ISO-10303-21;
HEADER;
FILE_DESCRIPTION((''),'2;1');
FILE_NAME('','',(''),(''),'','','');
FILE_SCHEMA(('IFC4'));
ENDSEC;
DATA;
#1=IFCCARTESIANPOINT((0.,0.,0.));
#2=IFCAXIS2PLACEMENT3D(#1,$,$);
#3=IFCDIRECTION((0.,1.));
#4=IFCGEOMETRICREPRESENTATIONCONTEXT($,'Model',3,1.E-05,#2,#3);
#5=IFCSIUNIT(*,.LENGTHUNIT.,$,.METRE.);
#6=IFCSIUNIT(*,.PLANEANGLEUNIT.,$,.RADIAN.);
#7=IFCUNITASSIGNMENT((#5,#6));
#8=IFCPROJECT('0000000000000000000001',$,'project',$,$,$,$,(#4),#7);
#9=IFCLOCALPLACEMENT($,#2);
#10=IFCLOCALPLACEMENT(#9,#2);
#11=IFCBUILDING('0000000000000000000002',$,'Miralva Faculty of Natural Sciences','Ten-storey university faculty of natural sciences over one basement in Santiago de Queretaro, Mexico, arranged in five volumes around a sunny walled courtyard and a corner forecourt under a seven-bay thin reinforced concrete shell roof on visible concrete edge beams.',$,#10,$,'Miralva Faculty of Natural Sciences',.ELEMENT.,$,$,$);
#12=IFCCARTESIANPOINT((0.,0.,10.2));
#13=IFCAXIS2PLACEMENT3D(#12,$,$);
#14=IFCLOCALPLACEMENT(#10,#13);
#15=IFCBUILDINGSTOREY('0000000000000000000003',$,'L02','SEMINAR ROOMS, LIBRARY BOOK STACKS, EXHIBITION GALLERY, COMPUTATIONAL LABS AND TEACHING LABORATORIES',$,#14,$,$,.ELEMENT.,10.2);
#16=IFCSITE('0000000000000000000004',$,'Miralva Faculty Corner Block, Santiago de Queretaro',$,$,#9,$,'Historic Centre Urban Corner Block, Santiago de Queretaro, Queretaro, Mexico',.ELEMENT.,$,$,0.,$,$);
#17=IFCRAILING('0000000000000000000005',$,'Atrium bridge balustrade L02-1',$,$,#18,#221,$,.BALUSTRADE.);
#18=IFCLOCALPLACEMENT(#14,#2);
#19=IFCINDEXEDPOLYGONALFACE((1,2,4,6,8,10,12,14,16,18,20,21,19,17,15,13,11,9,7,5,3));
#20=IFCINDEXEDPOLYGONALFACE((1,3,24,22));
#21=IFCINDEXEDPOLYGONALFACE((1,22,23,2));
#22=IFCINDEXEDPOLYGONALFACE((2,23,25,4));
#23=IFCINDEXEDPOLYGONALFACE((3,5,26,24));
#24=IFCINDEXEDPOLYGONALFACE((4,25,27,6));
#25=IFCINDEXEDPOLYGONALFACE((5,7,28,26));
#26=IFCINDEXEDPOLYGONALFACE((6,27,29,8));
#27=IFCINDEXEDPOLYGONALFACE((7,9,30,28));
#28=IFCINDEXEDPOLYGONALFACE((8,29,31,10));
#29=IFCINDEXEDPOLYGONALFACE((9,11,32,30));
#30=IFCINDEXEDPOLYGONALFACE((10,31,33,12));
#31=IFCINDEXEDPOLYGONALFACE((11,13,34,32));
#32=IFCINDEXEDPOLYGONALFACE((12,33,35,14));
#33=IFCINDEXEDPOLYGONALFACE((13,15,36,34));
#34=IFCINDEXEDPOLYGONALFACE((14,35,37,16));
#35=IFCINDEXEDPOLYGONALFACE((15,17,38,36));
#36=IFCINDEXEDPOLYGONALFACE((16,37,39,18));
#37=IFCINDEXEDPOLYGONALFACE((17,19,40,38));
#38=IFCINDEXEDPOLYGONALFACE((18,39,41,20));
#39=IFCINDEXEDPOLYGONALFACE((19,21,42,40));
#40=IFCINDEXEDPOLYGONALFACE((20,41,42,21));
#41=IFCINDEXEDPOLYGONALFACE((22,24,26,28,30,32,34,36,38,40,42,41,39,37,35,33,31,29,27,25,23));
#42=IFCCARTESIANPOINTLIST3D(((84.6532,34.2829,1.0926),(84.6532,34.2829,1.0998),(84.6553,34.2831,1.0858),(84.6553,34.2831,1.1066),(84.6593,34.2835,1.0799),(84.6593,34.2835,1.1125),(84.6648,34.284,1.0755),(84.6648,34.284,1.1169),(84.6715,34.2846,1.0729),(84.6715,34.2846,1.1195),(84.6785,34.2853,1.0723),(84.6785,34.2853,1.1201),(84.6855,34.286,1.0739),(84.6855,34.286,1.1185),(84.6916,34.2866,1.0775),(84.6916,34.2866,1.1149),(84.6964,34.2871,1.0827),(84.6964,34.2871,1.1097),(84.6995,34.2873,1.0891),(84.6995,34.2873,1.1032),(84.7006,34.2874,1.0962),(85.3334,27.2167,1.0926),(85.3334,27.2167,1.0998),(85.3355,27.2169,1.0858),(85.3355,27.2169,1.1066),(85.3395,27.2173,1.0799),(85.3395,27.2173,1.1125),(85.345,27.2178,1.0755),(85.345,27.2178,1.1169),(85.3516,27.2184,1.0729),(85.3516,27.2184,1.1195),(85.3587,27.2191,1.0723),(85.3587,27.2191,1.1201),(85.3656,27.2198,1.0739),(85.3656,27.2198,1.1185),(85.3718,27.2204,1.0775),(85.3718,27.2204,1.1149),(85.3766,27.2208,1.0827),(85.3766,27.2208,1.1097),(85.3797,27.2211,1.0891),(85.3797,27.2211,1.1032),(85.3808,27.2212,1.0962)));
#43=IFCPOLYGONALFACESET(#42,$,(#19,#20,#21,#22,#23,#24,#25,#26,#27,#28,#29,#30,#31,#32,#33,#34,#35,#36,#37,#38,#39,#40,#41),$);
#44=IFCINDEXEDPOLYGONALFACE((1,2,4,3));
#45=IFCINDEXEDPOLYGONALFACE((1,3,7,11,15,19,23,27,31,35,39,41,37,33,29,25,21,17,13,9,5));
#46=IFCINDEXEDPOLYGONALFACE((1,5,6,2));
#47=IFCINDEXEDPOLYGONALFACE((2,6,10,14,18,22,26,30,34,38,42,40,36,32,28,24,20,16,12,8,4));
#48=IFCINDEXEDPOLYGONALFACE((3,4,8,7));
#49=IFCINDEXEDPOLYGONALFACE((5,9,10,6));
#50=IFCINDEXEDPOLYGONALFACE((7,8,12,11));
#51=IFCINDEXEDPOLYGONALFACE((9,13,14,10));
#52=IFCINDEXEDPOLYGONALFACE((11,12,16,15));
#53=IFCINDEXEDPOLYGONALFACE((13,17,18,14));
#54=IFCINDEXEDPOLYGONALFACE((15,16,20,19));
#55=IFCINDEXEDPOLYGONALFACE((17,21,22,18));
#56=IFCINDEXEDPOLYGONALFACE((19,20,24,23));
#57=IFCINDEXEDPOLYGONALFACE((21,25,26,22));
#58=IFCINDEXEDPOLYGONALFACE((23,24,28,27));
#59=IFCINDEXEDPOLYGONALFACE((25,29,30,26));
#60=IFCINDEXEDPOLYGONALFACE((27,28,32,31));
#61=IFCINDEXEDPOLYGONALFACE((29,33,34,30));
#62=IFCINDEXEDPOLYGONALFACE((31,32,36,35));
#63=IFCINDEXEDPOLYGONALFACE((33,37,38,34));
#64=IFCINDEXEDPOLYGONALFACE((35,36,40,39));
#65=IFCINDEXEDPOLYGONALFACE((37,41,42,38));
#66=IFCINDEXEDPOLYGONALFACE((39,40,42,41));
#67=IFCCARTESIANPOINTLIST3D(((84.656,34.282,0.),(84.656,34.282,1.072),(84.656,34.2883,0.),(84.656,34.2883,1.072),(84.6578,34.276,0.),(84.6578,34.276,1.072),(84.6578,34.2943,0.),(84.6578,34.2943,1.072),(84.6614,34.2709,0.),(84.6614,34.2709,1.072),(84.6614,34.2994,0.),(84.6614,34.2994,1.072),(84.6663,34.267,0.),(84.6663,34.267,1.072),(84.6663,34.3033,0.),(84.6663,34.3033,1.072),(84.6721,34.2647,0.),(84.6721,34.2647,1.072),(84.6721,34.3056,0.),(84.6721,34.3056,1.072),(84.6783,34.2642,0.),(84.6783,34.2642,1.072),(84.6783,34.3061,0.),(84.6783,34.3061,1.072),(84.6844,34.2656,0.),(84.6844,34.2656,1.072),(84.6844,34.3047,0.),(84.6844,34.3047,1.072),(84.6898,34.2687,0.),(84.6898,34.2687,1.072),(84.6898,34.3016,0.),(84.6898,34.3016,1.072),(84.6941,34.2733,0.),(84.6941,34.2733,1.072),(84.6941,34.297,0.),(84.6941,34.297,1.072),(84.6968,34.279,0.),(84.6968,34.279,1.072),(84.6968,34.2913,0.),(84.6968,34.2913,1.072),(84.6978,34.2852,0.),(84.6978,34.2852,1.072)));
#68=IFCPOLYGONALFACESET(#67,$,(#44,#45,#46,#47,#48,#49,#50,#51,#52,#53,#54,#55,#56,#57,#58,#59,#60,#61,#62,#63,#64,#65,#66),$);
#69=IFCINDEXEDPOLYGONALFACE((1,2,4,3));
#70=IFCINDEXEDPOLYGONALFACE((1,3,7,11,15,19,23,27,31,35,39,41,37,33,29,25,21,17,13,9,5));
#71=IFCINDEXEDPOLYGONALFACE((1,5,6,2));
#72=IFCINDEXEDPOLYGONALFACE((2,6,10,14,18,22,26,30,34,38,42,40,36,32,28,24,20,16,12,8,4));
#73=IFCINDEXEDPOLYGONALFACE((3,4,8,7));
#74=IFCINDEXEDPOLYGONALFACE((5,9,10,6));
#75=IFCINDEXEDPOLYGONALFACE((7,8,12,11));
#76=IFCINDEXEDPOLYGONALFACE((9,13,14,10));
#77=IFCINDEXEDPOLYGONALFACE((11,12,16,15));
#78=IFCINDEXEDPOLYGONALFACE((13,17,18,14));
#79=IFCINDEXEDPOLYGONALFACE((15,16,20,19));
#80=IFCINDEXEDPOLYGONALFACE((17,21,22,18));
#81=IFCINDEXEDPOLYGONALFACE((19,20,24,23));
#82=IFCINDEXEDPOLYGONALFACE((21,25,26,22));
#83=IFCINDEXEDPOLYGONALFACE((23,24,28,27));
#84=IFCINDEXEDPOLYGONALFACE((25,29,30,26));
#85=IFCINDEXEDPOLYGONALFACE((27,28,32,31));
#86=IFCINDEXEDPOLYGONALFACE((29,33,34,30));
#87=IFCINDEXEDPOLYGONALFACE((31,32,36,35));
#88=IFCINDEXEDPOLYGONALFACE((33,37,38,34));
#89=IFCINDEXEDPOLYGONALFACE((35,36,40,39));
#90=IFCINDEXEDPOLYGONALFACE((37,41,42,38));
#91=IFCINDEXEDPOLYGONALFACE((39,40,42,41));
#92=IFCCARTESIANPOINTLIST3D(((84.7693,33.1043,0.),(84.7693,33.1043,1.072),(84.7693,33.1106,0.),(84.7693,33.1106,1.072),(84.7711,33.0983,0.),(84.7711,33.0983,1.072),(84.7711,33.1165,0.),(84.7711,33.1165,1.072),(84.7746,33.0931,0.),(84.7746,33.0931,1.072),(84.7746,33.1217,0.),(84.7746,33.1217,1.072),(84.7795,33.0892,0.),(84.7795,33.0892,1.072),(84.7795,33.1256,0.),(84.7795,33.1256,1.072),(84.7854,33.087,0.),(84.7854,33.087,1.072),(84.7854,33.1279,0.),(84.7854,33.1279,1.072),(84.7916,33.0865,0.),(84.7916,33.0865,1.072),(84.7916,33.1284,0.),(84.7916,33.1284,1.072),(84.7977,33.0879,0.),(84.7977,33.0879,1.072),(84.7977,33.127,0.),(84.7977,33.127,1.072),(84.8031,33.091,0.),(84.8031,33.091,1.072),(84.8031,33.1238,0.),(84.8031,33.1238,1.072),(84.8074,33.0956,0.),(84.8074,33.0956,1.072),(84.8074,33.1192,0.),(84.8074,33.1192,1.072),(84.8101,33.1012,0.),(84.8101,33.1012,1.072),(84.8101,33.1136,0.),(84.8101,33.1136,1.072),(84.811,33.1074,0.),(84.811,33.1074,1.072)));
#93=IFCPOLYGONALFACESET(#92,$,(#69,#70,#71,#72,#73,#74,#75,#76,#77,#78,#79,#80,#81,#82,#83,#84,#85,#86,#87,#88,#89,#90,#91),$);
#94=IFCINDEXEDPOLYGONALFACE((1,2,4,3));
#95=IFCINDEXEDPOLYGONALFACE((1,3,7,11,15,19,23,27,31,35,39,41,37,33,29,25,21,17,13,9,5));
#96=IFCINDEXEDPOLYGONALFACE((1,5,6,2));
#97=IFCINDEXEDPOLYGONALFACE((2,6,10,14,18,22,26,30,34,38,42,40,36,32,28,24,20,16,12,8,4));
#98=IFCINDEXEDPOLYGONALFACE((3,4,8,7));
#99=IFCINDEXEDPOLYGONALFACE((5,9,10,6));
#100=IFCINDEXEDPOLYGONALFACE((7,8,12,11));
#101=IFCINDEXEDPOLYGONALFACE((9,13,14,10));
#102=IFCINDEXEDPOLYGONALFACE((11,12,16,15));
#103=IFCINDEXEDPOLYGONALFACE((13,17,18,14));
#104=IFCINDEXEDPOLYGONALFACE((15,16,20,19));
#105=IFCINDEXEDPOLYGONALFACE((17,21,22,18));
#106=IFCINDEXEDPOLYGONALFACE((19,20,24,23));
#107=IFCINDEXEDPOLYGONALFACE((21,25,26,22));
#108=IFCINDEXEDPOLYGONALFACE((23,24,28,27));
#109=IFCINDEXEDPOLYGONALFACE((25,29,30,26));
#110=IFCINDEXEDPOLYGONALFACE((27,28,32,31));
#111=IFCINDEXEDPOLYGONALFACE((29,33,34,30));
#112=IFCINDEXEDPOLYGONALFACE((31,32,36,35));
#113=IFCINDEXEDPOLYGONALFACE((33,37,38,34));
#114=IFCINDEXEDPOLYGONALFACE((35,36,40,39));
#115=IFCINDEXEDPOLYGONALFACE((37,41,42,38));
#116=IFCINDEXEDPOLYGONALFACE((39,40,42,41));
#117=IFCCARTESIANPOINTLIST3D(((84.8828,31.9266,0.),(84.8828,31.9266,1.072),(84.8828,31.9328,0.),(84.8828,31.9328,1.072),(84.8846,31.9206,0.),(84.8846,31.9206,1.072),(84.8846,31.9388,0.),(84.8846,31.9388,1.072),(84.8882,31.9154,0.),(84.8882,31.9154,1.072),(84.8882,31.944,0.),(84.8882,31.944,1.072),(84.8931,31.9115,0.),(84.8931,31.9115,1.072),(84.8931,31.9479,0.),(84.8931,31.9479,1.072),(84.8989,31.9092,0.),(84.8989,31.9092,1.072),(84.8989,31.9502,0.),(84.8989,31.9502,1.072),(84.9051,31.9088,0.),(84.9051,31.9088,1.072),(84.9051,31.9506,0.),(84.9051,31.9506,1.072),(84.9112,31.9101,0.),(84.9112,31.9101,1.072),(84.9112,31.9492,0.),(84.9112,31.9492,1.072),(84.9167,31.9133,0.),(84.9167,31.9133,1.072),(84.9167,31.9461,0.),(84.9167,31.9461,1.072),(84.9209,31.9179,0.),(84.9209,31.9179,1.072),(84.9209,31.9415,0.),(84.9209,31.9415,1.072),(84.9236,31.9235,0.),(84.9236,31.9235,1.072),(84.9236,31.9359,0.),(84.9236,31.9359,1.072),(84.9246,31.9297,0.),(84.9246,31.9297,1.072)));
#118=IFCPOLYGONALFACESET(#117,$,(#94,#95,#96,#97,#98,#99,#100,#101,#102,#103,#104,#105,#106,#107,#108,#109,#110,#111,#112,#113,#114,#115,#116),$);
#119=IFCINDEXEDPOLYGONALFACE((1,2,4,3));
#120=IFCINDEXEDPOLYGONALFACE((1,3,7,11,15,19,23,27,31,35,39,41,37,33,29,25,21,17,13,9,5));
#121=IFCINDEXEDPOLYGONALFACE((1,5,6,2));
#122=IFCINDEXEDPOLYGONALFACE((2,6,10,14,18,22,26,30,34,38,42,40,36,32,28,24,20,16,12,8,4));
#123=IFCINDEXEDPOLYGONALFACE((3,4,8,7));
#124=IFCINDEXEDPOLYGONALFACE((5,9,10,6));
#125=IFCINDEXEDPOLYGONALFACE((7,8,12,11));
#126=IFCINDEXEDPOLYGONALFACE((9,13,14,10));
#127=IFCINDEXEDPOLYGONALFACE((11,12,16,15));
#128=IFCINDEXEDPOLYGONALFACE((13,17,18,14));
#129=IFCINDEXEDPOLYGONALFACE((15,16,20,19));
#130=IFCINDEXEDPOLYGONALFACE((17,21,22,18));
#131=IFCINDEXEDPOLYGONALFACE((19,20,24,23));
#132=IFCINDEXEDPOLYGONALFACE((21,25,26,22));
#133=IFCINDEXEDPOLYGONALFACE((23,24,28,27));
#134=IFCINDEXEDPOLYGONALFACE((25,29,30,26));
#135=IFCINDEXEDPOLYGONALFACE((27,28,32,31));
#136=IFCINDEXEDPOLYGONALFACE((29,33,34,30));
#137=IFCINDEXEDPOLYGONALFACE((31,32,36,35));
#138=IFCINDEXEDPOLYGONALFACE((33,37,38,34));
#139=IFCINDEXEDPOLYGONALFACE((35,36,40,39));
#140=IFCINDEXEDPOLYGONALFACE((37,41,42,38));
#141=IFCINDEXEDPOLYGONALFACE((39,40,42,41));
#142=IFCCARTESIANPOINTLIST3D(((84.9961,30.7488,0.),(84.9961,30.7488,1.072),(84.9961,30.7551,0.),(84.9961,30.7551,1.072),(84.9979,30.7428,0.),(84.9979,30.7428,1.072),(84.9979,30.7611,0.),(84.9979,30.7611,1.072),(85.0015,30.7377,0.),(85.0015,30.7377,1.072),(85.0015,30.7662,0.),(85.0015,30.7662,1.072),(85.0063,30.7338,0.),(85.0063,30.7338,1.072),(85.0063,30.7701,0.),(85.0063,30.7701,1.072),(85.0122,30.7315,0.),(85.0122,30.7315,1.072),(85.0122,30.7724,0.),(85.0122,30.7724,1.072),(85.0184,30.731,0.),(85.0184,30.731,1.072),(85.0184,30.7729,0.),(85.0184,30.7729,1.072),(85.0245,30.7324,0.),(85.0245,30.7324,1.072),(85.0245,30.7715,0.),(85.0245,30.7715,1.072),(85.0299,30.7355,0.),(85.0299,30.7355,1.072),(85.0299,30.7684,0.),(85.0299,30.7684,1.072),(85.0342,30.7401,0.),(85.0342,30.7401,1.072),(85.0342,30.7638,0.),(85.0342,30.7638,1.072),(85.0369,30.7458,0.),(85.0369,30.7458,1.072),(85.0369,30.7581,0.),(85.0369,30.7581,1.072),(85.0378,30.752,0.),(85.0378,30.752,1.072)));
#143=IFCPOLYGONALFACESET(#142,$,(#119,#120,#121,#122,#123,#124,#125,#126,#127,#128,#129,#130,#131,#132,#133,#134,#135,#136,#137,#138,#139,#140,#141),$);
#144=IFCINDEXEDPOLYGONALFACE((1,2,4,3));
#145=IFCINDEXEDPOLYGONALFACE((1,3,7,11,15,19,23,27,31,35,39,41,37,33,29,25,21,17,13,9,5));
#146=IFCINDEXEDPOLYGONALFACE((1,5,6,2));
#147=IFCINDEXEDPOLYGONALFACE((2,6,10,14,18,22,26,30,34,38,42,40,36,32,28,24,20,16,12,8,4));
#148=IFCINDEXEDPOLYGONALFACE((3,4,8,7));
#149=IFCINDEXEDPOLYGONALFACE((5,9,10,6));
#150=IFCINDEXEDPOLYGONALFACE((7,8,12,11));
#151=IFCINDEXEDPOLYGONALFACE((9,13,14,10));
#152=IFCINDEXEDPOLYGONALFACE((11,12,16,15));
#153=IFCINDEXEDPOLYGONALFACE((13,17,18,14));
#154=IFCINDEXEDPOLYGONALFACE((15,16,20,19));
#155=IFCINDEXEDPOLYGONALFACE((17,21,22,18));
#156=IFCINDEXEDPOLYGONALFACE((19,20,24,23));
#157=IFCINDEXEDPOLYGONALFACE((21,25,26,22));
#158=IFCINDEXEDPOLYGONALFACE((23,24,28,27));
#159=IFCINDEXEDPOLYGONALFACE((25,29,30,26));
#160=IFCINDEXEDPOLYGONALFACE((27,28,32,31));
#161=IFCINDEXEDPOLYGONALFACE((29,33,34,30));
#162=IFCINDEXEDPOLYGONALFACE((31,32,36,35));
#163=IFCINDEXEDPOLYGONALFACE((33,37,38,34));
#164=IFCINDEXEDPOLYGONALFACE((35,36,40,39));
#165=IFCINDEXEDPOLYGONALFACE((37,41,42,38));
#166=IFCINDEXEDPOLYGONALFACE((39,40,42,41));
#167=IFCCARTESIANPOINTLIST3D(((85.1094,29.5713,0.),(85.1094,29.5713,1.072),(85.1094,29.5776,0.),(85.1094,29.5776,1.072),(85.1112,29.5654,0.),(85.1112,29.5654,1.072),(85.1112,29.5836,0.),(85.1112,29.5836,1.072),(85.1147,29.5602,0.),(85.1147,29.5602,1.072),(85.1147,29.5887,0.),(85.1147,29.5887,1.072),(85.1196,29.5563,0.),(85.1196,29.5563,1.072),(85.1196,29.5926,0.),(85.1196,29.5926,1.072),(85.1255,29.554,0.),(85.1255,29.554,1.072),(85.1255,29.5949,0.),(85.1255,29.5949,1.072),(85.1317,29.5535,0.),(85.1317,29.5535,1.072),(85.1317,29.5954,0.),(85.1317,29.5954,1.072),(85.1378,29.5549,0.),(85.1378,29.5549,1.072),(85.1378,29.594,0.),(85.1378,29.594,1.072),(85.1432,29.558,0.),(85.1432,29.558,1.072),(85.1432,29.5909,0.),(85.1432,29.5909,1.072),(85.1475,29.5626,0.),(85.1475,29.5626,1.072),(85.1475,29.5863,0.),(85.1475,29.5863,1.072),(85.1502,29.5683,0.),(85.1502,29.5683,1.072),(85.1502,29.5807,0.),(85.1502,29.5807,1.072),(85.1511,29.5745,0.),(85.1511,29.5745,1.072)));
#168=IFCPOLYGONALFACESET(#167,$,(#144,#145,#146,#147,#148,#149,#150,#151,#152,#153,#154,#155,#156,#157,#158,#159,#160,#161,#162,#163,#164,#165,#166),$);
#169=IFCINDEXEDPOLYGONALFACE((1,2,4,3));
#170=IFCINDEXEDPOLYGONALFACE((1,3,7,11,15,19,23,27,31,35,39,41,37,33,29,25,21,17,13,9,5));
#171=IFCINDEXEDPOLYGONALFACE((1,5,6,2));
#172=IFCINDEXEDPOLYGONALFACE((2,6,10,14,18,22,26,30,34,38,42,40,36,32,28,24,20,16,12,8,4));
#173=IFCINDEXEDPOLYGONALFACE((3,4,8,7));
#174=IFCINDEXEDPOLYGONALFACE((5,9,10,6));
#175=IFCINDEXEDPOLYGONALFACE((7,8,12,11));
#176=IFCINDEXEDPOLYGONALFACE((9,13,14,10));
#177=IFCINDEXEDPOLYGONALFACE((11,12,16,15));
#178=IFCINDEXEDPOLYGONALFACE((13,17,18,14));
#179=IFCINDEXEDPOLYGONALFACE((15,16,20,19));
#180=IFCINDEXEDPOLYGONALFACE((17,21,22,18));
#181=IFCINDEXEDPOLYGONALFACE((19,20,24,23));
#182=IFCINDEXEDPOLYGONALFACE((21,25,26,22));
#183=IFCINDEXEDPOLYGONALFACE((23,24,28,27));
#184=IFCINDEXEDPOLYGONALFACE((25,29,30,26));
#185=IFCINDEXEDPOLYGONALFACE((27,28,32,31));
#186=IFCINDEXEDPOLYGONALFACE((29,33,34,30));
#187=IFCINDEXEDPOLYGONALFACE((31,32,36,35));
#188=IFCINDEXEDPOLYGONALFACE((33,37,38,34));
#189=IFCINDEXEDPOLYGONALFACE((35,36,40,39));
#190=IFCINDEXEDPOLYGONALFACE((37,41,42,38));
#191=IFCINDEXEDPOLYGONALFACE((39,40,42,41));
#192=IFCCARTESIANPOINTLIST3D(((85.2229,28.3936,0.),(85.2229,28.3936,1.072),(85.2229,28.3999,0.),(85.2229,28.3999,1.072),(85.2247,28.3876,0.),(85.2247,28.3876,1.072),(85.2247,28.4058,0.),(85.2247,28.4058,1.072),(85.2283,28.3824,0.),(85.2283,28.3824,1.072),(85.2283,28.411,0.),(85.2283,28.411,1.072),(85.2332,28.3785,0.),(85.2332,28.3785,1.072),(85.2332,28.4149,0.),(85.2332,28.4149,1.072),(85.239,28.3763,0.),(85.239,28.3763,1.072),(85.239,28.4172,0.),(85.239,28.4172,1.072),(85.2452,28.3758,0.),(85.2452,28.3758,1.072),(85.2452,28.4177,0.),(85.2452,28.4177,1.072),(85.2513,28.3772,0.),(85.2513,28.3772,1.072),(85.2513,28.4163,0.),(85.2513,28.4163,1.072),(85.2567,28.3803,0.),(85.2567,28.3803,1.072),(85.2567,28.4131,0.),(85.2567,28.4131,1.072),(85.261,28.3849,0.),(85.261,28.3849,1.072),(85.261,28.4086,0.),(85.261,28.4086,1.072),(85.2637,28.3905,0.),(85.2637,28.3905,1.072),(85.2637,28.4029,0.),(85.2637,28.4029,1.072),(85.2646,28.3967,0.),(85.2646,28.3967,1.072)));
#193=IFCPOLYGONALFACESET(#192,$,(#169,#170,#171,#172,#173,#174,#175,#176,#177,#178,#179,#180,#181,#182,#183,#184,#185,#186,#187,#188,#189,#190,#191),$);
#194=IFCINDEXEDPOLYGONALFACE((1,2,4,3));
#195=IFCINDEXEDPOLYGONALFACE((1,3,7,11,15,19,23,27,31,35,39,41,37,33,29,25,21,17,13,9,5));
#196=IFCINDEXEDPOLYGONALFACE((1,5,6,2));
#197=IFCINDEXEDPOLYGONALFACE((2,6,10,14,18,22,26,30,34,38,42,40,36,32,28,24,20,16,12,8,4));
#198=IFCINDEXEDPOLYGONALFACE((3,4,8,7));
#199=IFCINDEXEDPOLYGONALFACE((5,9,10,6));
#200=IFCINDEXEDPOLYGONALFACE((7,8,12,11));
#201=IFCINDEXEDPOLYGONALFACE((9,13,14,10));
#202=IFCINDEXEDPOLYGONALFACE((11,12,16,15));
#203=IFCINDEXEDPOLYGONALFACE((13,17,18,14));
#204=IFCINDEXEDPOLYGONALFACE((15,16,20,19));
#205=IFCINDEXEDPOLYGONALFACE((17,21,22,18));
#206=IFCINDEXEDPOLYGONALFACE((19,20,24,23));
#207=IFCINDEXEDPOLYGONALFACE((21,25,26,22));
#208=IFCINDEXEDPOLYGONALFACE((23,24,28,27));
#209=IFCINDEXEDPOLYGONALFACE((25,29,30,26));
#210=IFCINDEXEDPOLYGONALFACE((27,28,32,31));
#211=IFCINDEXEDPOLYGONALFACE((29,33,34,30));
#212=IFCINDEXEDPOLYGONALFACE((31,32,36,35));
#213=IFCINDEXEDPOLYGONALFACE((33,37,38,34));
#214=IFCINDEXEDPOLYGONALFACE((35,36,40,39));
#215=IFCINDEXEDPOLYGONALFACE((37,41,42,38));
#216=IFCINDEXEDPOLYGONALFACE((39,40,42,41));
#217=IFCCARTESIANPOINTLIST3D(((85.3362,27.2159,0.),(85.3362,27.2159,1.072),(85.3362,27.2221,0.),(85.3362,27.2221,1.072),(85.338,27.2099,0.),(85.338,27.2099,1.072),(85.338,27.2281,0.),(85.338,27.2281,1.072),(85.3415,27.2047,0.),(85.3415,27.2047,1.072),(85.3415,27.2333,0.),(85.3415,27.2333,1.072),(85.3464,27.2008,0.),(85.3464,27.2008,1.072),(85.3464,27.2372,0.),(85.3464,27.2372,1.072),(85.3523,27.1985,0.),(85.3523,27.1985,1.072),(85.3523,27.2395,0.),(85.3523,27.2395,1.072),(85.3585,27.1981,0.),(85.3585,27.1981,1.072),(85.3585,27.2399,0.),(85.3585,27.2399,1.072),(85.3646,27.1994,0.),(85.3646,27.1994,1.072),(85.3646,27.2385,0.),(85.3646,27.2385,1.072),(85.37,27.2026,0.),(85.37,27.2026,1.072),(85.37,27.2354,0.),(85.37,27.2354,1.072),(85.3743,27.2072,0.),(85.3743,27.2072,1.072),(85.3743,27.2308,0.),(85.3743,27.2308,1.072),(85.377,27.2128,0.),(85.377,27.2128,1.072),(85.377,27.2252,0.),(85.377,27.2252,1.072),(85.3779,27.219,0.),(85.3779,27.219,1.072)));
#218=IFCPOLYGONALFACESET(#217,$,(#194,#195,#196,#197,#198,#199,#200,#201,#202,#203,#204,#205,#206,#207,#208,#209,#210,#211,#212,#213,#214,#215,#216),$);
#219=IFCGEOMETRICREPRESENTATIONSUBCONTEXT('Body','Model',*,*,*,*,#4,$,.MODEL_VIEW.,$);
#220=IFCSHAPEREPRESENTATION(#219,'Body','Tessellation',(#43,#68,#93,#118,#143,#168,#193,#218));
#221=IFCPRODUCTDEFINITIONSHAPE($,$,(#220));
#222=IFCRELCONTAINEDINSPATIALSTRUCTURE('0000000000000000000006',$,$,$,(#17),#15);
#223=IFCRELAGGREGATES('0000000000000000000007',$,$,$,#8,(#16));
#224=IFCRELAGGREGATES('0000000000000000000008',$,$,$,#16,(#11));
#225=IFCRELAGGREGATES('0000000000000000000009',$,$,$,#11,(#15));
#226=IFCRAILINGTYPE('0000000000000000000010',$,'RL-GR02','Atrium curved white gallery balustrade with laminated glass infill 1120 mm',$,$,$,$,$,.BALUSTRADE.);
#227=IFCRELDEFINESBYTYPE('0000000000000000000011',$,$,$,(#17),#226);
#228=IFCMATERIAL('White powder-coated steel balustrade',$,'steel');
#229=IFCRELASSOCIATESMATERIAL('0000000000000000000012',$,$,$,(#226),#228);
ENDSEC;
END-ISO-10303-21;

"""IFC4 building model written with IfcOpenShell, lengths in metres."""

from ifc_helpers import new_model, si_unit, direction, frame, origin, origin_2d, place, context, subcontext, project, spatial, circle, extrude, material, type_object, element, save


model = new_model("IFC4")

# Units and contexts
model_context = context("Model", 3, precision=1e-05, world=origin(), true_north=direction((0.0, 1.0)))
body_context = subcontext(model_context, "Body", "Model", "MODEL_VIEW")
ifc_project = project(units=[si_unit("LENGTHUNIT", "METRE"), si_unit("PLANEANGLEUNIT", "RADIAN")], contexts=[model_context])

# Site, building, storey
site_placement = place(None, origin())
site = spatial("IfcSite", under=ifc_project, at=site_placement, Name="Miralva Faculty Corner Block, Santiago de Queretaro", LongName="Historic Centre Urban Corner Block, Santiago de Queretaro, Queretaro, Mexico", CompositionType="ELEMENT", RefElevation=0.0)
building_placement = place(site_placement, origin())
building = spatial("IfcBuilding", under=site, at=building_placement, Name="Miralva Faculty of Natural Sciences", Description="Ten-storey university faculty of natural sciences over one basement in Santiago de Queretaro, Mexico, arranged in five volumes around a sunny walled courtyard and a corner forecourt under a seven-bay thin reinforced concrete shell roof on visible concrete edge beams.", LongName="Miralva Faculty of Natural Sciences", CompositionType="ELEMENT")
storey_placement = place(building_placement, frame((0.0, 0.0, 10.2)))
storey = spatial("IfcBuildingStorey", under=building, at=storey_placement, Name="L02", Description="SEMINAR ROOMS, LIBRARY BOOK STACKS, EXHIBITION GALLERY, COMPUTATIONAL LABS AND TEACHING LABORATORIES", CompositionType="ELEMENT", Elevation=10.2)

# Railing
ifc_material_1 = material(Name="White powder-coated steel balustrade", Category="steel")
railing_type = type_object("IfcRailingType", Name="RL-GR02", Description="Atrium curved white gallery balustrade with laminated glass infill 1120 mm", PredefinedType="BALUSTRADE", material=ifc_material_1)
railing_1_placement = place(storey_placement, frame((84.6768, 34.2852, 0.0)))
element("IfcRailing", 1, at=railing_1_placement, inside=storey, type_object=railing_type, Name="Atrium bridge balustrade L02-1", PredefinedType="BALUSTRADE", context=body_context, shape_type="SweptSolid", body=[
    extrude(circle(Radius=0.0239, at=origin_2d()), frame((0.0, 0.0, 1.0962), z_axis=(0.095815, -0.995399, 0.0), x_axis=(0.995399, 0.095815, 0.0)), (0.0, 0.0, 1.0), 7.0989),
    extrude(circle(Radius=0.021, at=origin_2d()), origin(), (0.0, 0.0, 1.0), 1.072),
    extrude(circle(Radius=0.021, at=origin_2d()), frame((0.1133, -1.1777, 0.0)), (0.0, 0.0, 1.0), 1.072),
    extrude(circle(Radius=0.021, at=origin_2d()), frame((0.2268, -2.3555, 0.0)), (0.0, 0.0, 1.0), 1.072),
    extrude(circle(Radius=0.021, at=origin_2d()), frame((0.3401, -3.5332, 0.0)), (0.0, 0.0, 1.0), 1.072),
    extrude(circle(Radius=0.021, at=origin_2d()), frame((0.4534, -4.7107, 0.0)), (0.0, 0.0, 1.0), 1.072),
    extrude(circle(Radius=0.021, at=origin_2d()), frame((0.5669, -5.8884, 0.0)), (0.0, 0.0, 1.0), 1.072),
    extrude(circle(Radius=0.021, at=origin_2d()), frame((0.6802, -7.0662, 0.0)), (0.0, 0.0, 1.0), 1.072),
])

save(model, "model.ifc")
